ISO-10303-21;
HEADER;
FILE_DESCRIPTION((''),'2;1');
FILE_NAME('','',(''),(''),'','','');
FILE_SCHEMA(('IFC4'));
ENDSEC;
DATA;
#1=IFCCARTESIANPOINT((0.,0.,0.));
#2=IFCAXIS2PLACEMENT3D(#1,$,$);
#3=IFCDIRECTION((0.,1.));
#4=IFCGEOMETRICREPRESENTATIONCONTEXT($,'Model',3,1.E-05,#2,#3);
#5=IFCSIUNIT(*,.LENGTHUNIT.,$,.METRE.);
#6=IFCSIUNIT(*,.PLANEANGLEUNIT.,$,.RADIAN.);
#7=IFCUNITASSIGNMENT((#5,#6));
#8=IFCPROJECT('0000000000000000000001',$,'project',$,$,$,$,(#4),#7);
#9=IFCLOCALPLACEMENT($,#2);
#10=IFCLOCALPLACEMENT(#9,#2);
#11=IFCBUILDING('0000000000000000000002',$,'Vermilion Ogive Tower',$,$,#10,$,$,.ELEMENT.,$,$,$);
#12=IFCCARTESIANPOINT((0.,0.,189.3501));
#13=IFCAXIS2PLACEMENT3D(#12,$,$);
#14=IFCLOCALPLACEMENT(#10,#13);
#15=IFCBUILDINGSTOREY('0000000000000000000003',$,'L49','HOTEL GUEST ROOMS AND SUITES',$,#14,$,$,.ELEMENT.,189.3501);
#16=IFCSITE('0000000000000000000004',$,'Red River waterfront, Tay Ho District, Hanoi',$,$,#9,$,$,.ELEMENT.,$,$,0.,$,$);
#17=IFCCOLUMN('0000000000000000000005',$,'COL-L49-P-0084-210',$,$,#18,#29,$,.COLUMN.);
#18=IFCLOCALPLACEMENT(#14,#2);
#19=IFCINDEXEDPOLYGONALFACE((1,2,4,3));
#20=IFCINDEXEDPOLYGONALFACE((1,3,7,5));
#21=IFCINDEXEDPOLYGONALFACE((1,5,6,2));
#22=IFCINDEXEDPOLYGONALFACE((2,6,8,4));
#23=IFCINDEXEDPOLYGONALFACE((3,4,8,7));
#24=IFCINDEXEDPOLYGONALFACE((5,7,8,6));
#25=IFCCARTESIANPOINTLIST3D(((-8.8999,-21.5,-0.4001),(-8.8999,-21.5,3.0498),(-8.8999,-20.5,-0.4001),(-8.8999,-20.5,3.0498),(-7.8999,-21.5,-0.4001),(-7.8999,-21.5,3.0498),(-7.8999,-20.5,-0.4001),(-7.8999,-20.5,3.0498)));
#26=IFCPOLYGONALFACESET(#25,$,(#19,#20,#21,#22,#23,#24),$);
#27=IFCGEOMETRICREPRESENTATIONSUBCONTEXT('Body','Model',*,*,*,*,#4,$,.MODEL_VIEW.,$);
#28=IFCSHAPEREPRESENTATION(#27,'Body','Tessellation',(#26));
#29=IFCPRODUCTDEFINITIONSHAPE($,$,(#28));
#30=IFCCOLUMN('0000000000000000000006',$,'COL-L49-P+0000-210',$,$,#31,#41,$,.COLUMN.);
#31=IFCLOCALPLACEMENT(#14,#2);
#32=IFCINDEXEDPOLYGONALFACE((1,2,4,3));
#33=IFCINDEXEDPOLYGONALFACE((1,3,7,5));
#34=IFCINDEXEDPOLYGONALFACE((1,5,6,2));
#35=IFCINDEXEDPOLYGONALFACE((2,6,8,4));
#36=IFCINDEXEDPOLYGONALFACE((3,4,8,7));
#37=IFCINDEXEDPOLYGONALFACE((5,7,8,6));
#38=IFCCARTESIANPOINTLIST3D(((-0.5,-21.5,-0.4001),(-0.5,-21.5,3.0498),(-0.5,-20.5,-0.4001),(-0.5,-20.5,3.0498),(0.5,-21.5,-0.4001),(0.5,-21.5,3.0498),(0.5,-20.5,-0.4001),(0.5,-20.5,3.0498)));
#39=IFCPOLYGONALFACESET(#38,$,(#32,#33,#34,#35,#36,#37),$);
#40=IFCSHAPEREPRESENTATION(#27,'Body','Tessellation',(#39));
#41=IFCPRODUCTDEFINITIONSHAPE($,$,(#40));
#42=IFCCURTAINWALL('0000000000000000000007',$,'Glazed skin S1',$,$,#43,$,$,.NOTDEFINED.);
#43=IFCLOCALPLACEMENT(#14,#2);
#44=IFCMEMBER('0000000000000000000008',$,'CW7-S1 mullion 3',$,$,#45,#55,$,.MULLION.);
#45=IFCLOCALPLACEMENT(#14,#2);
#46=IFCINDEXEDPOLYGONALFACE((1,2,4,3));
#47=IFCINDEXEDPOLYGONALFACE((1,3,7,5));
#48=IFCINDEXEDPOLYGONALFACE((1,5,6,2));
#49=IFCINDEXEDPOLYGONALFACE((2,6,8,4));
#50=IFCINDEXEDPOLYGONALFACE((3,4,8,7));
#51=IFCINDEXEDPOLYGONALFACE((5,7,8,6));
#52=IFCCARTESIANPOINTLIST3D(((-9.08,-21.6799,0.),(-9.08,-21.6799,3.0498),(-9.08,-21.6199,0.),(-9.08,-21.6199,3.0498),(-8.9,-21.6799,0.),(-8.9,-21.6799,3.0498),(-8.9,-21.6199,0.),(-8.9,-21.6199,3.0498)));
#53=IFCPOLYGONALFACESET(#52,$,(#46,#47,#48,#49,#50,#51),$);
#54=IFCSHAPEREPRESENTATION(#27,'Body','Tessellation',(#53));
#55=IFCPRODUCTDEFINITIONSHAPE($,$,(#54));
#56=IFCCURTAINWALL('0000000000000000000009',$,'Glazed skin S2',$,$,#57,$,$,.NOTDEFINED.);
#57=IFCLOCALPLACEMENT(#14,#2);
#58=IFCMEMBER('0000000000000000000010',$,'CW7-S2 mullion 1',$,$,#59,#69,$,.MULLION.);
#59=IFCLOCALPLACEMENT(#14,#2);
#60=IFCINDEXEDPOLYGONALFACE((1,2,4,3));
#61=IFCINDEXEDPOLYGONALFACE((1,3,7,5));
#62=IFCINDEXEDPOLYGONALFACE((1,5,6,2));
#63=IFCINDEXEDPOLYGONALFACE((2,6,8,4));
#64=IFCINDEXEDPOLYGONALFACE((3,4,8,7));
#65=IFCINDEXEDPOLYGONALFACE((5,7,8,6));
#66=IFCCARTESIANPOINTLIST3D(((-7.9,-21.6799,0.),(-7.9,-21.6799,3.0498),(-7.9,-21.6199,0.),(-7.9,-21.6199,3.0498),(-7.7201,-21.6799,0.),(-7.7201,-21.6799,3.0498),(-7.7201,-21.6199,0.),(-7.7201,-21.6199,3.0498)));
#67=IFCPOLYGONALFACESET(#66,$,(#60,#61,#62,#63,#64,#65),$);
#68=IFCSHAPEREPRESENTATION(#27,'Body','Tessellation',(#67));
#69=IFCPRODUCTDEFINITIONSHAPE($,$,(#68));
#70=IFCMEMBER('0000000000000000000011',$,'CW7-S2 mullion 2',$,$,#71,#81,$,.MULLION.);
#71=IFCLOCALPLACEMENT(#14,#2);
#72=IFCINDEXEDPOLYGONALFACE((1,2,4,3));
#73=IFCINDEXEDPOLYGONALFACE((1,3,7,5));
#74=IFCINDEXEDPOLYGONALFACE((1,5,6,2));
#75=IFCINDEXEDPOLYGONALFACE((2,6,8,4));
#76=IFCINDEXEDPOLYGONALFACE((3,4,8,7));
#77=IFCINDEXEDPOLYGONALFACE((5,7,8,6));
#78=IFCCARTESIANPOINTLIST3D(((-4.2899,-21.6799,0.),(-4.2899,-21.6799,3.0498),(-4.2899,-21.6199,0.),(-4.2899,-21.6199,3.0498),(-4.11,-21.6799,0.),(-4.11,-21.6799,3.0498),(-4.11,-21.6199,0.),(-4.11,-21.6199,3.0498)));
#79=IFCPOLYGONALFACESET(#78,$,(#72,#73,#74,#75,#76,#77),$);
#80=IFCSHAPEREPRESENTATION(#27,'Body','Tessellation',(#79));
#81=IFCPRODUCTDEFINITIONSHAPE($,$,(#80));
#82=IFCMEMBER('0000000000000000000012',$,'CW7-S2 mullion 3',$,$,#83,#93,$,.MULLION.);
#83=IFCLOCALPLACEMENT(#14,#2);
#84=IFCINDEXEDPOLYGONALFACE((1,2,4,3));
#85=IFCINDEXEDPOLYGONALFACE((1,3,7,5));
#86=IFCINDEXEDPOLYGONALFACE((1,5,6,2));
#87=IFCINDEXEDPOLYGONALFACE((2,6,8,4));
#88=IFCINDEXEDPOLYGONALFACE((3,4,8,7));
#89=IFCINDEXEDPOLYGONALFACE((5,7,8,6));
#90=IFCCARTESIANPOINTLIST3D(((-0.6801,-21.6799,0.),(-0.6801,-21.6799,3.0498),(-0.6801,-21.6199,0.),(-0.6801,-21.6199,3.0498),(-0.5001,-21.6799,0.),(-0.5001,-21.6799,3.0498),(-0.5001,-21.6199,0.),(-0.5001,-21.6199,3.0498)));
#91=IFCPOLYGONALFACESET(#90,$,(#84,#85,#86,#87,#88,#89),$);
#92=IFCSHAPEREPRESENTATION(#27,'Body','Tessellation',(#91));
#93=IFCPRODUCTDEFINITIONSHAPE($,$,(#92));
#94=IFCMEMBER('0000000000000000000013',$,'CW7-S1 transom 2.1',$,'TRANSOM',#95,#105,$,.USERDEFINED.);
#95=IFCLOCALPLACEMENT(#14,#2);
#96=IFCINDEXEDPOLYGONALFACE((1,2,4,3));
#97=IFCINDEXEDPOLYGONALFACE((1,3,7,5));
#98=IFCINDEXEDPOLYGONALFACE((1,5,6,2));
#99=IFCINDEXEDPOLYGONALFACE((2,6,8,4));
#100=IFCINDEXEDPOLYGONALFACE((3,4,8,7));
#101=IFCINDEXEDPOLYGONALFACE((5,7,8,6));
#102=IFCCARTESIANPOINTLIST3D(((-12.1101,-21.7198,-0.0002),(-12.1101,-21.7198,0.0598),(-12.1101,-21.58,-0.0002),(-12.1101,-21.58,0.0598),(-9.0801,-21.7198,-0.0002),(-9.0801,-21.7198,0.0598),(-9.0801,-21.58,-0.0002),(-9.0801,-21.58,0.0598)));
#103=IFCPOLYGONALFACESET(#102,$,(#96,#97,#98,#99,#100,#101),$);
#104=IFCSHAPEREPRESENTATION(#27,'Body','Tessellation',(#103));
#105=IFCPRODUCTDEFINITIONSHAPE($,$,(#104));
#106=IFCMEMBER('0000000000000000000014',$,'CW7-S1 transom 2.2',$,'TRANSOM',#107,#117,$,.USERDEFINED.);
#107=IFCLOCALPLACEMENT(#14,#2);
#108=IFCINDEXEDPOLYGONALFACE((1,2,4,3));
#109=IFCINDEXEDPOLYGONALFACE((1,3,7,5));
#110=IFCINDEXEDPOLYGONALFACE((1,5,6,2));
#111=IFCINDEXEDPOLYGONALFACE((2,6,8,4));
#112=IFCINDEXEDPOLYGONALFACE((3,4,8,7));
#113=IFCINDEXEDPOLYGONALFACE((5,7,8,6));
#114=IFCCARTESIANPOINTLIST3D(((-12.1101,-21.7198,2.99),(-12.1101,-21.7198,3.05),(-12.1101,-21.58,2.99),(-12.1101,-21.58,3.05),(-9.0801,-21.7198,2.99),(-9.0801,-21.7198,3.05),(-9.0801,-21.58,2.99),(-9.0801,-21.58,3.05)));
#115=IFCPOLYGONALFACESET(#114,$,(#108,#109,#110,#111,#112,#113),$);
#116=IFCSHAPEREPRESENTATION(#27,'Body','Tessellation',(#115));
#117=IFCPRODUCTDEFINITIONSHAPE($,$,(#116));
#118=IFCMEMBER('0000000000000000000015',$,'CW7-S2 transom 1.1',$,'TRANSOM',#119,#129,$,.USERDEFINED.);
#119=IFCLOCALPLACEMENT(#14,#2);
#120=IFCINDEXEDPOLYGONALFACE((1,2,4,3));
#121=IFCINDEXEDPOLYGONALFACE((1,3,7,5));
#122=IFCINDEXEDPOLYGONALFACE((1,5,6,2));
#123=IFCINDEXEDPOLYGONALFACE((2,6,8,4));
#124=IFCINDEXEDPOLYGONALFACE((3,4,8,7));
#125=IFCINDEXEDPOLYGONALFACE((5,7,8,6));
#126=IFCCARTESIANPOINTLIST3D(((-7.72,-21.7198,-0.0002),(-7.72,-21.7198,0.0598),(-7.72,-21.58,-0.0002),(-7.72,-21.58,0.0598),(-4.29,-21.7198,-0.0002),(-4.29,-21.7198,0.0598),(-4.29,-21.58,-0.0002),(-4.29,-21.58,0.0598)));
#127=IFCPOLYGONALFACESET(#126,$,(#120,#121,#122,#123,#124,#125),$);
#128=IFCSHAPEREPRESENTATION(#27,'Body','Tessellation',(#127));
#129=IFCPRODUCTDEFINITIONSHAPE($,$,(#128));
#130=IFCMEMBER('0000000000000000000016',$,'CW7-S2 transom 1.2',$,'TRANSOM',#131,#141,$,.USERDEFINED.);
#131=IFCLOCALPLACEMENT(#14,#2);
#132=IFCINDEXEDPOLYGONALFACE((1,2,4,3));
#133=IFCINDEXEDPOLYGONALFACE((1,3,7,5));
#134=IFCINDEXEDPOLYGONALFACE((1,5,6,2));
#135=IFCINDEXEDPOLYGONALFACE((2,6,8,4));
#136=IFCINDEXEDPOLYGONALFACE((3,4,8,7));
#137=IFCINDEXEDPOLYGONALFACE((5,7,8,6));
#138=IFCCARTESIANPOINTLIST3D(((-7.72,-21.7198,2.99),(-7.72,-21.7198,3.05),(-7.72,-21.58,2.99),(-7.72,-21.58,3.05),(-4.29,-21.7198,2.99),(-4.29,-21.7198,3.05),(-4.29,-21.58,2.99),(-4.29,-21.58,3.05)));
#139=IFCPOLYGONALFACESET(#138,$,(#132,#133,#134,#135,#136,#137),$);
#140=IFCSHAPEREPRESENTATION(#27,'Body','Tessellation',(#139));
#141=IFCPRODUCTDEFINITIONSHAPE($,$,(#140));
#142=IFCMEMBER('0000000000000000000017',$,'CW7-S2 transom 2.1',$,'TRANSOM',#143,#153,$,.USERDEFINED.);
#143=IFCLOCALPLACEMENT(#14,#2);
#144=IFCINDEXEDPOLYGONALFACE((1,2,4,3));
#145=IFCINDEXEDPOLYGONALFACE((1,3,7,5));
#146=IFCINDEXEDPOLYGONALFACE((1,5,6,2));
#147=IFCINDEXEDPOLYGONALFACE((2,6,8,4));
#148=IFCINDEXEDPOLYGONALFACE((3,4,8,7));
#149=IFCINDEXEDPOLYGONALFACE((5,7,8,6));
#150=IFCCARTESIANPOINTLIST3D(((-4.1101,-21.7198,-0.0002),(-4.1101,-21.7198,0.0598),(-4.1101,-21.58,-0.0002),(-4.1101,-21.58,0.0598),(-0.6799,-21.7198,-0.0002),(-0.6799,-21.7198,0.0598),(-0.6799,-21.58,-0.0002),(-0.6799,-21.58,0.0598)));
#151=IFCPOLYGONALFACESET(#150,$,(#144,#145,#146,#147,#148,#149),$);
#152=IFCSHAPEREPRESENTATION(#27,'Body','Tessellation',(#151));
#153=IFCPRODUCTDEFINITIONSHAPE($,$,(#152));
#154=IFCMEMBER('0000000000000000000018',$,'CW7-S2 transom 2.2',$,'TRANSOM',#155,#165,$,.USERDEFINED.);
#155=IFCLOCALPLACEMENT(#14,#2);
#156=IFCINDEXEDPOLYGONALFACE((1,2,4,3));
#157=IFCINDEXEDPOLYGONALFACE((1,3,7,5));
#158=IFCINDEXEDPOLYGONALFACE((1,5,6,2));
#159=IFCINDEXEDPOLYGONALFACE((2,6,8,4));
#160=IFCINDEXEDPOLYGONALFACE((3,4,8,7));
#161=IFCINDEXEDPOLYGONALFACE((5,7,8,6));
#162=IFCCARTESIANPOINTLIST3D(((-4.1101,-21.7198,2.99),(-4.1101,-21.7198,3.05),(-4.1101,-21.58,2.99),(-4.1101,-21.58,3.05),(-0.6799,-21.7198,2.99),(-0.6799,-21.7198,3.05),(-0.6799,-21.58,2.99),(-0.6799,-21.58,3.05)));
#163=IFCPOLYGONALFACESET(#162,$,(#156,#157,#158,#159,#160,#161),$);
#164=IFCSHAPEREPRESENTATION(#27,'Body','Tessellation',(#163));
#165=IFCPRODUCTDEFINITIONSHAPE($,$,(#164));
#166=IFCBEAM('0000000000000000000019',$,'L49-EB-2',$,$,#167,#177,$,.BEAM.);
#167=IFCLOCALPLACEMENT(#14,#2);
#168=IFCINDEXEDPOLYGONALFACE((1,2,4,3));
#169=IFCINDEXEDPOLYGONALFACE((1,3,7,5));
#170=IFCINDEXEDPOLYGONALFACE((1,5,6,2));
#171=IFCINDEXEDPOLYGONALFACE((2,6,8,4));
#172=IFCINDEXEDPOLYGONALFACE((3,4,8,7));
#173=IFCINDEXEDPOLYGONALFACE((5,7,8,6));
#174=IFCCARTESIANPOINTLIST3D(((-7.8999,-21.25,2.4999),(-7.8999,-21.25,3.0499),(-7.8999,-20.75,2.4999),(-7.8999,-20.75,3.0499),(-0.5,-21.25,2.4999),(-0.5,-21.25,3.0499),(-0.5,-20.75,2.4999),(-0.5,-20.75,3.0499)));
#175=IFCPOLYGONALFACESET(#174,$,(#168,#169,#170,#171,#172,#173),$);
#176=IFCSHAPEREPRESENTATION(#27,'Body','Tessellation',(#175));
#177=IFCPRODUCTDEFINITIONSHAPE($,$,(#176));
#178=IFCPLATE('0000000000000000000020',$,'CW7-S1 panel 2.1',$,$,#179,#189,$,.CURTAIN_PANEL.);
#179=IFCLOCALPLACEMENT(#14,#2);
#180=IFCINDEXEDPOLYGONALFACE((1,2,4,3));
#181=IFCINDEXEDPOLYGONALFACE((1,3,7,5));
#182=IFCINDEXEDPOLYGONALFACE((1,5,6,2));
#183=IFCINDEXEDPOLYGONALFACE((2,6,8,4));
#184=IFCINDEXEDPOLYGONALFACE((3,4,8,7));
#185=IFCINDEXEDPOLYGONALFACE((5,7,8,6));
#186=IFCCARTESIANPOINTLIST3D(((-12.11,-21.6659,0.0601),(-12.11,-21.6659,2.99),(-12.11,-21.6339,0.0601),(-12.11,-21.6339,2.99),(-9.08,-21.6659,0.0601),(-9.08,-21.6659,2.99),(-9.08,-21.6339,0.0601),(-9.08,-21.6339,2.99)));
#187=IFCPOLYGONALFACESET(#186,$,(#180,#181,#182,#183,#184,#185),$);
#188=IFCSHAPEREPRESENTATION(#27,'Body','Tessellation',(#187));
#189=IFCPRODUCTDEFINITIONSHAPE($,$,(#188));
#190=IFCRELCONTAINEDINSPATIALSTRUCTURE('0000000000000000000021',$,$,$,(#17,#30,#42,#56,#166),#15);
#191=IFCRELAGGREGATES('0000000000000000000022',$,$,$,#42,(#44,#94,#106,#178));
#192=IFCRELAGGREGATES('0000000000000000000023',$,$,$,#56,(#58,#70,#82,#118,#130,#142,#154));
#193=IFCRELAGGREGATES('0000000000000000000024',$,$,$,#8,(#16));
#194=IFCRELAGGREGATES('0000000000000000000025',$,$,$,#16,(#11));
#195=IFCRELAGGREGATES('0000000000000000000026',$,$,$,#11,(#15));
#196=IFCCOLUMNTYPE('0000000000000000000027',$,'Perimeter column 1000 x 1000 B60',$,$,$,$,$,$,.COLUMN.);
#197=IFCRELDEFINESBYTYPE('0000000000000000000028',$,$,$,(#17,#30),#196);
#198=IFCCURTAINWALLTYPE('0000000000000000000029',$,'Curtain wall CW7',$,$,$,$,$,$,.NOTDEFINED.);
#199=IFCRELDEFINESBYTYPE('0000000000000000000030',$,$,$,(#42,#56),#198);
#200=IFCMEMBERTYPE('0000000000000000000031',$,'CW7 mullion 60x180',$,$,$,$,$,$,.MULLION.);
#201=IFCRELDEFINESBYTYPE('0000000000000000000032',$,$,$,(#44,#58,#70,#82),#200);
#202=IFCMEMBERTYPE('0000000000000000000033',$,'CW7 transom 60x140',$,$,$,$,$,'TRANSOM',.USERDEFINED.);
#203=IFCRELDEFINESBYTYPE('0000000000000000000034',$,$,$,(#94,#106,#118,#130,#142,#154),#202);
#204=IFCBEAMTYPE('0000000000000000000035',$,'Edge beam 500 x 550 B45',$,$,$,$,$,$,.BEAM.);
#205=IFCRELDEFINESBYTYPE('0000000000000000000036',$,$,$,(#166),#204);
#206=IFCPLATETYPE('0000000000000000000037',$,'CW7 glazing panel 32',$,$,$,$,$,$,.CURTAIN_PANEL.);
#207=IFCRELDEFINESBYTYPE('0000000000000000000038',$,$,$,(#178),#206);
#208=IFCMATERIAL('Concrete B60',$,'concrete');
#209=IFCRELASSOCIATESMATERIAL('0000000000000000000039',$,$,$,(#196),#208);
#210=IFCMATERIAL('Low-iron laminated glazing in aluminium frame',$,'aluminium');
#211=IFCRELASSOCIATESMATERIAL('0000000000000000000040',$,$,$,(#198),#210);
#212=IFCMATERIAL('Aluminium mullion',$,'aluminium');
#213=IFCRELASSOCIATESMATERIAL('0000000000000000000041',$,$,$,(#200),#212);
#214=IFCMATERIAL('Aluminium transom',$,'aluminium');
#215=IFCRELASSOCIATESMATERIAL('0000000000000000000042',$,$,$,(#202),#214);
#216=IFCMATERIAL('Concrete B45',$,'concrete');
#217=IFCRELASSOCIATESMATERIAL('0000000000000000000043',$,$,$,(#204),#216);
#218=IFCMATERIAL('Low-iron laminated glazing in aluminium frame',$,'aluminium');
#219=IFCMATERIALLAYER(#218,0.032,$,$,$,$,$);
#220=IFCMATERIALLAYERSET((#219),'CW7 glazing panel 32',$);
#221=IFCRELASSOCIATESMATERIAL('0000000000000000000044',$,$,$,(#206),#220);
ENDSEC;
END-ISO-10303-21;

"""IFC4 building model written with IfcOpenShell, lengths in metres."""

from ifc_helpers import new_model, si_unit, direction, frame, origin, origin_2d, place, context, subcontext, project, spatial, rectangle, extrude, material, layer, layer_set, material_profile, profile_set, type_object, element, aggregate, save


model = new_model("IFC4")

# Units and contexts
model_context = context("Model", 3, precision=1e-05, world=origin(), true_north=direction((0.0, 1.0)))
body_context = subcontext(model_context, "Body", "Model", "MODEL_VIEW")
ifc_project = project(units=[si_unit("LENGTHUNIT", "METRE"), si_unit("PLANEANGLEUNIT", "RADIAN")], contexts=[model_context])

# Site, building, storey
site_placement = place(None, origin())
site = spatial("IfcSite", under=ifc_project, at=site_placement, Name="Red River waterfront, Tay Ho District, Hanoi", CompositionType="ELEMENT", RefElevation=0.0)
building_placement = place(site_placement, origin())
building = spatial("IfcBuilding", under=site, at=building_placement, Name="Vermilion Ogive Tower", CompositionType="ELEMENT")
storey_placement = place(building_placement, frame((0.0, 0.0, 189.3501)))
storey = spatial("IfcBuildingStorey", under=building, at=storey_placement, Name="L49", Description="HOTEL GUEST ROOMS AND SUITES", CompositionType="ELEMENT", Elevation=189.3501)

# Columns
ifc_material_1 = material(Name="Concrete B60", Category="concrete")
ifc_material_profile_1 = material_profile(ifc_material_1, rectangle(XDim=1.0, YDim=1.0, at=origin_2d()), Name="1000 x 1000")
ifc_profile_set_1 = profile_set([ifc_material_profile_1], Name="Concrete B60")
column_type = type_object("IfcColumnType", Name="Perimeter column 1000 x 1000 B60", PredefinedType="COLUMN", material=ifc_profile_set_1)
for number, where, z_axis, x_axis, name in (
    (1, (-8.3999, -21.0, -0.4001), (0.0, 0.0, 1.0), (1.0, 0.0, 0.0), "COL-L49-P-0084-210"),
    (2, (0.0, -21.0, -0.4001), (0.0, 0.0, 1.0), (1.0, 0.0, 0.0), "COL-L49-P+0000-210"),
):
    element("IfcColumn", number, at=place(storey_placement, frame(where, z_axis=z_axis, x_axis=x_axis)), inside=storey, type_object=column_type, Name=name, PredefinedType="COLUMN", context=body_context, shape_type="SweptSolid", body=[
        extrude(rectangle(XDim=1.0, YDim=1.0, at=origin_2d()), origin(), (0.0, 0.0, 1.0), 3.45),
    ])

# Curtain wall, member
ifc_material_2 = material(Name="Low-iron laminated glazing in aluminium frame", Category="aluminium")
curtain_wall_type = type_object("IfcCurtainWallType", Name="Curtain wall CW7", PredefinedType="NOTDEFINED", material=ifc_material_2)
curtain_wall_1_placement = place(storey_placement, origin())
curtain_wall_1 = element("IfcCurtainWall", 3, at=curtain_wall_1_placement, inside=storey, type_object=curtain_wall_type, Name="Glazed skin S1", PredefinedType="NOTDEFINED")
ifc_material_3 = material(Name="Aluminium mullion", Category="aluminium")
ifc_material_profile_2 = material_profile(ifc_material_3, rectangle(XDim=0.0601, YDim=0.1799, at=origin_2d()), Name="AL 60x180")
ifc_profile_set_2 = profile_set([ifc_material_profile_2], Name="Aluminium mullion")
member_type_1 = type_object("IfcMemberType", Name="CW7 mullion 60x180", PredefinedType="MULLION", material=ifc_profile_set_2)
member_1_placement = place(storey_placement, frame((-8.99, -21.6499, 0.0), z_axis=(0.0, 0.0, 1.0), x_axis=(0.0, 1.0, 0.0)))
member_1 = element("IfcMember", 4, at=member_1_placement, type_object=member_type_1, Name="CW7-S1 mullion 3", PredefinedType="MULLION", context=body_context, shape_type="SweptSolid", body=[
    extrude(rectangle(XDim=0.0601, YDim=0.1799, at=origin_2d()), origin(), (0.0, 0.0, 1.0), 3.0498),
])

# Curtain wall, members
curtain_wall_2_placement = place(storey_placement, origin())
curtain_wall_2 = element("IfcCurtainWall", 5, at=curtain_wall_2_placement, inside=storey, type_object=curtain_wall_type, Name="Glazed skin S2", PredefinedType="NOTDEFINED")
member_2_placement = place(storey_placement, frame((-7.8101, -21.6499, 0.0), z_axis=(0.0, 0.0, 1.0), x_axis=(0.0, 1.0, 0.0)))
member_2 = element("IfcMember", 6, at=member_2_placement, type_object=member_type_1, Name="CW7-S2 mullion 1", PredefinedType="MULLION", context=body_context, shape_type="SweptSolid", body=[
    extrude(rectangle(XDim=0.0601, YDim=0.1799, at=origin_2d()), origin(), (0.0, 0.0, 1.0), 3.0498),
])
member_3_placement = place(storey_placement, frame((-4.2, -21.6499, 0.0), z_axis=(0.0, 0.0, 1.0), x_axis=(0.0, 1.0, 0.0)))
member_3 = element("IfcMember", 7, at=member_3_placement, type_object=member_type_1, Name="CW7-S2 mullion 2", PredefinedType="MULLION", context=body_context, shape_type="SweptSolid", body=[
    extrude(rectangle(XDim=0.0601, YDim=0.1799, at=origin_2d()), origin(), (0.0, 0.0, 1.0), 3.0498),
])
member_4_placement = place(storey_placement, frame((-0.5901, -21.6499, 0.0), z_axis=(0.0, 0.0, 1.0), x_axis=(0.0, 1.0, 0.0)))
member_4 = element("IfcMember", 8, at=member_4_placement, type_object=member_type_1, Name="CW7-S2 mullion 3", PredefinedType="MULLION", context=body_context, shape_type="SweptSolid", body=[
    extrude(rectangle(XDim=0.0601, YDim=0.1799, at=origin_2d()), origin(), (0.0, 0.0, 1.0), 3.0498),
])

# Members
ifc_material_4 = material(Name="Aluminium transom", Category="aluminium")
ifc_material_profile_3 = material_profile(ifc_material_4, rectangle(XDim=0.1399, YDim=0.0601, at=origin_2d()), Name="AL 60x140")
ifc_profile_set_3 = profile_set([ifc_material_profile_3], Name="Aluminium transom")
member_type_2 = type_object("IfcMemberType", Name="CW7 transom 60x140", ElementType="TRANSOM", PredefinedType="USERDEFINED", material=ifc_profile_set_3)
member_5_placement = place(storey_placement, frame((-12.1101, -21.6499, 0.0298), z_axis=(1.0, 0.0, 0.0), x_axis=(0.0, 1.0, 0.0)))
member_5 = element("IfcMember", 9, at=member_5_placement, type_object=member_type_2, Name="CW7-S1 transom 2.1", ObjectType="TRANSOM", PredefinedType="USERDEFINED", context=body_context, shape_type="SweptSolid", body=[
    extrude(rectangle(XDim=0.1399, YDim=0.0601, at=origin_2d()), origin(), (0.0, 0.0, 1.0), 3.03),
])
member_6_placement = place(storey_placement, frame((-12.1101, -21.6499, 3.02), z_axis=(1.0, 0.0, 0.0), x_axis=(0.0, 1.0, 0.0)))
member_6 = element("IfcMember", 10, at=member_6_placement, type_object=member_type_2, Name="CW7-S1 transom 2.2", ObjectType="TRANSOM", PredefinedType="USERDEFINED", context=body_context, shape_type="SweptSolid", body=[
    extrude(rectangle(XDim=0.1399, YDim=0.0601, at=origin_2d()), origin(), (0.0, 0.0, 1.0), 3.03),
])
member_7_placement = place(storey_placement, frame((-7.72, -21.6499, 0.0298), z_axis=(1.0, 0.0, 0.0), x_axis=(0.0, 1.0, 0.0)))
member_7 = element("IfcMember", 11, at=member_7_placement, type_object=member_type_2, Name="CW7-S2 transom 1.1", ObjectType="TRANSOM", PredefinedType="USERDEFINED", context=body_context, shape_type="SweptSolid", body=[
    extrude(rectangle(XDim=0.1399, YDim=0.0601, at=origin_2d()), origin(), (0.0, 0.0, 1.0), 3.4299),
])
member_8_placement = place(storey_placement, frame((-7.72, -21.6499, 3.02), z_axis=(1.0, 0.0, 0.0), x_axis=(0.0, 1.0, 0.0)))
member_8 = element("IfcMember", 12, at=member_8_placement, type_object=member_type_2, Name="CW7-S2 transom 1.2", ObjectType="TRANSOM", PredefinedType="USERDEFINED", context=body_context, shape_type="SweptSolid", body=[
    extrude(rectangle(XDim=0.1399, YDim=0.0601, at=origin_2d()), origin(), (0.0, 0.0, 1.0), 3.4299),
])
member_9_placement = place(storey_placement, frame((-4.1101, -21.6499, 0.0298), z_axis=(1.0, 0.0, 0.0), x_axis=(0.0, 1.0, 0.0)))
member_9 = element("IfcMember", 13, at=member_9_placement, type_object=member_type_2, Name="CW7-S2 transom 2.1", ObjectType="TRANSOM", PredefinedType="USERDEFINED", context=body_context, shape_type="SweptSolid", body=[
    extrude(rectangle(XDim=0.1399, YDim=0.0601, at=origin_2d()), origin(), (0.0, 0.0, 1.0), 3.4302),
])
member_10_placement = place(storey_placement, frame((-4.1101, -21.6499, 3.02), z_axis=(1.0, 0.0, 0.0), x_axis=(0.0, 1.0, 0.0)))
member_10 = element("IfcMember", 14, at=member_10_placement, type_object=member_type_2, Name="CW7-S2 transom 2.2", ObjectType="TRANSOM", PredefinedType="USERDEFINED", context=body_context, shape_type="SweptSolid", body=[
    extrude(rectangle(XDim=0.1399, YDim=0.0601, at=origin_2d()), origin(), (0.0, 0.0, 1.0), 3.4302),
])

# Beam
ifc_material_5 = material(Name="Concrete B45", Category="concrete")
ifc_material_profile_4 = material_profile(ifc_material_5, rectangle(XDim=0.5, YDim=0.55, at=origin_2d()), Name="500 x 550")
ifc_profile_set_4 = profile_set([ifc_material_profile_4], Name="Concrete B45")
beam_type = type_object("IfcBeamType", Name="Edge beam 500 x 550 B45", PredefinedType="BEAM", material=ifc_profile_set_4)
beam_placement = place(storey_placement, frame((-7.8999, -21.0, 2.7749), z_axis=(1.0, 0.0, 0.0), x_axis=(0.0, 1.0, 0.0)))
element("IfcBeam", 15, at=beam_placement, inside=storey, type_object=beam_type, Name="L49-EB-2", PredefinedType="BEAM", context=body_context, shape_type="SweptSolid", body=[
    extrude(rectangle(XDim=0.5, YDim=0.55, at=origin_2d()), origin(), (0.0, 0.0, 1.0), 7.3999),
])

# Plate
ifc_material_6 = material(Name="Low-iron laminated glazing in aluminium frame", Category="aluminium")
ifc_layer_1 = layer(ifc_material_6, 0.032)
ifc_layer_set_1 = layer_set([ifc_layer_1], Name="CW7 glazing panel 32")
plate_type = type_object("IfcPlateType", Name="CW7 glazing panel 32", PredefinedType="CURTAIN_PANEL", material=ifc_layer_set_1)
plate_1_placement = place(storey_placement, frame((-10.595, -21.6499, 0.0601), z_axis=(0.0, 0.0, 1.0), x_axis=(1.0, 0.0, 0.0)))
plate_1 = element("IfcPlate", 16, at=plate_1_placement, type_object=plate_type, Name="CW7-S1 panel 2.1", PredefinedType="CURTAIN_PANEL", context=body_context, shape_type="SweptSolid", body=[
    extrude(rectangle(XDim=3.03, YDim=0.032, at=origin_2d()), origin(), (0.0, 0.0, 1.0), 2.9299),
])
aggregate(curtain_wall_1, [member_1, member_5, member_6, plate_1])
aggregate(curtain_wall_2, [member_2, member_3, member_4, member_7, member_8, member_9, member_10])

save(model, "model.ifc")
